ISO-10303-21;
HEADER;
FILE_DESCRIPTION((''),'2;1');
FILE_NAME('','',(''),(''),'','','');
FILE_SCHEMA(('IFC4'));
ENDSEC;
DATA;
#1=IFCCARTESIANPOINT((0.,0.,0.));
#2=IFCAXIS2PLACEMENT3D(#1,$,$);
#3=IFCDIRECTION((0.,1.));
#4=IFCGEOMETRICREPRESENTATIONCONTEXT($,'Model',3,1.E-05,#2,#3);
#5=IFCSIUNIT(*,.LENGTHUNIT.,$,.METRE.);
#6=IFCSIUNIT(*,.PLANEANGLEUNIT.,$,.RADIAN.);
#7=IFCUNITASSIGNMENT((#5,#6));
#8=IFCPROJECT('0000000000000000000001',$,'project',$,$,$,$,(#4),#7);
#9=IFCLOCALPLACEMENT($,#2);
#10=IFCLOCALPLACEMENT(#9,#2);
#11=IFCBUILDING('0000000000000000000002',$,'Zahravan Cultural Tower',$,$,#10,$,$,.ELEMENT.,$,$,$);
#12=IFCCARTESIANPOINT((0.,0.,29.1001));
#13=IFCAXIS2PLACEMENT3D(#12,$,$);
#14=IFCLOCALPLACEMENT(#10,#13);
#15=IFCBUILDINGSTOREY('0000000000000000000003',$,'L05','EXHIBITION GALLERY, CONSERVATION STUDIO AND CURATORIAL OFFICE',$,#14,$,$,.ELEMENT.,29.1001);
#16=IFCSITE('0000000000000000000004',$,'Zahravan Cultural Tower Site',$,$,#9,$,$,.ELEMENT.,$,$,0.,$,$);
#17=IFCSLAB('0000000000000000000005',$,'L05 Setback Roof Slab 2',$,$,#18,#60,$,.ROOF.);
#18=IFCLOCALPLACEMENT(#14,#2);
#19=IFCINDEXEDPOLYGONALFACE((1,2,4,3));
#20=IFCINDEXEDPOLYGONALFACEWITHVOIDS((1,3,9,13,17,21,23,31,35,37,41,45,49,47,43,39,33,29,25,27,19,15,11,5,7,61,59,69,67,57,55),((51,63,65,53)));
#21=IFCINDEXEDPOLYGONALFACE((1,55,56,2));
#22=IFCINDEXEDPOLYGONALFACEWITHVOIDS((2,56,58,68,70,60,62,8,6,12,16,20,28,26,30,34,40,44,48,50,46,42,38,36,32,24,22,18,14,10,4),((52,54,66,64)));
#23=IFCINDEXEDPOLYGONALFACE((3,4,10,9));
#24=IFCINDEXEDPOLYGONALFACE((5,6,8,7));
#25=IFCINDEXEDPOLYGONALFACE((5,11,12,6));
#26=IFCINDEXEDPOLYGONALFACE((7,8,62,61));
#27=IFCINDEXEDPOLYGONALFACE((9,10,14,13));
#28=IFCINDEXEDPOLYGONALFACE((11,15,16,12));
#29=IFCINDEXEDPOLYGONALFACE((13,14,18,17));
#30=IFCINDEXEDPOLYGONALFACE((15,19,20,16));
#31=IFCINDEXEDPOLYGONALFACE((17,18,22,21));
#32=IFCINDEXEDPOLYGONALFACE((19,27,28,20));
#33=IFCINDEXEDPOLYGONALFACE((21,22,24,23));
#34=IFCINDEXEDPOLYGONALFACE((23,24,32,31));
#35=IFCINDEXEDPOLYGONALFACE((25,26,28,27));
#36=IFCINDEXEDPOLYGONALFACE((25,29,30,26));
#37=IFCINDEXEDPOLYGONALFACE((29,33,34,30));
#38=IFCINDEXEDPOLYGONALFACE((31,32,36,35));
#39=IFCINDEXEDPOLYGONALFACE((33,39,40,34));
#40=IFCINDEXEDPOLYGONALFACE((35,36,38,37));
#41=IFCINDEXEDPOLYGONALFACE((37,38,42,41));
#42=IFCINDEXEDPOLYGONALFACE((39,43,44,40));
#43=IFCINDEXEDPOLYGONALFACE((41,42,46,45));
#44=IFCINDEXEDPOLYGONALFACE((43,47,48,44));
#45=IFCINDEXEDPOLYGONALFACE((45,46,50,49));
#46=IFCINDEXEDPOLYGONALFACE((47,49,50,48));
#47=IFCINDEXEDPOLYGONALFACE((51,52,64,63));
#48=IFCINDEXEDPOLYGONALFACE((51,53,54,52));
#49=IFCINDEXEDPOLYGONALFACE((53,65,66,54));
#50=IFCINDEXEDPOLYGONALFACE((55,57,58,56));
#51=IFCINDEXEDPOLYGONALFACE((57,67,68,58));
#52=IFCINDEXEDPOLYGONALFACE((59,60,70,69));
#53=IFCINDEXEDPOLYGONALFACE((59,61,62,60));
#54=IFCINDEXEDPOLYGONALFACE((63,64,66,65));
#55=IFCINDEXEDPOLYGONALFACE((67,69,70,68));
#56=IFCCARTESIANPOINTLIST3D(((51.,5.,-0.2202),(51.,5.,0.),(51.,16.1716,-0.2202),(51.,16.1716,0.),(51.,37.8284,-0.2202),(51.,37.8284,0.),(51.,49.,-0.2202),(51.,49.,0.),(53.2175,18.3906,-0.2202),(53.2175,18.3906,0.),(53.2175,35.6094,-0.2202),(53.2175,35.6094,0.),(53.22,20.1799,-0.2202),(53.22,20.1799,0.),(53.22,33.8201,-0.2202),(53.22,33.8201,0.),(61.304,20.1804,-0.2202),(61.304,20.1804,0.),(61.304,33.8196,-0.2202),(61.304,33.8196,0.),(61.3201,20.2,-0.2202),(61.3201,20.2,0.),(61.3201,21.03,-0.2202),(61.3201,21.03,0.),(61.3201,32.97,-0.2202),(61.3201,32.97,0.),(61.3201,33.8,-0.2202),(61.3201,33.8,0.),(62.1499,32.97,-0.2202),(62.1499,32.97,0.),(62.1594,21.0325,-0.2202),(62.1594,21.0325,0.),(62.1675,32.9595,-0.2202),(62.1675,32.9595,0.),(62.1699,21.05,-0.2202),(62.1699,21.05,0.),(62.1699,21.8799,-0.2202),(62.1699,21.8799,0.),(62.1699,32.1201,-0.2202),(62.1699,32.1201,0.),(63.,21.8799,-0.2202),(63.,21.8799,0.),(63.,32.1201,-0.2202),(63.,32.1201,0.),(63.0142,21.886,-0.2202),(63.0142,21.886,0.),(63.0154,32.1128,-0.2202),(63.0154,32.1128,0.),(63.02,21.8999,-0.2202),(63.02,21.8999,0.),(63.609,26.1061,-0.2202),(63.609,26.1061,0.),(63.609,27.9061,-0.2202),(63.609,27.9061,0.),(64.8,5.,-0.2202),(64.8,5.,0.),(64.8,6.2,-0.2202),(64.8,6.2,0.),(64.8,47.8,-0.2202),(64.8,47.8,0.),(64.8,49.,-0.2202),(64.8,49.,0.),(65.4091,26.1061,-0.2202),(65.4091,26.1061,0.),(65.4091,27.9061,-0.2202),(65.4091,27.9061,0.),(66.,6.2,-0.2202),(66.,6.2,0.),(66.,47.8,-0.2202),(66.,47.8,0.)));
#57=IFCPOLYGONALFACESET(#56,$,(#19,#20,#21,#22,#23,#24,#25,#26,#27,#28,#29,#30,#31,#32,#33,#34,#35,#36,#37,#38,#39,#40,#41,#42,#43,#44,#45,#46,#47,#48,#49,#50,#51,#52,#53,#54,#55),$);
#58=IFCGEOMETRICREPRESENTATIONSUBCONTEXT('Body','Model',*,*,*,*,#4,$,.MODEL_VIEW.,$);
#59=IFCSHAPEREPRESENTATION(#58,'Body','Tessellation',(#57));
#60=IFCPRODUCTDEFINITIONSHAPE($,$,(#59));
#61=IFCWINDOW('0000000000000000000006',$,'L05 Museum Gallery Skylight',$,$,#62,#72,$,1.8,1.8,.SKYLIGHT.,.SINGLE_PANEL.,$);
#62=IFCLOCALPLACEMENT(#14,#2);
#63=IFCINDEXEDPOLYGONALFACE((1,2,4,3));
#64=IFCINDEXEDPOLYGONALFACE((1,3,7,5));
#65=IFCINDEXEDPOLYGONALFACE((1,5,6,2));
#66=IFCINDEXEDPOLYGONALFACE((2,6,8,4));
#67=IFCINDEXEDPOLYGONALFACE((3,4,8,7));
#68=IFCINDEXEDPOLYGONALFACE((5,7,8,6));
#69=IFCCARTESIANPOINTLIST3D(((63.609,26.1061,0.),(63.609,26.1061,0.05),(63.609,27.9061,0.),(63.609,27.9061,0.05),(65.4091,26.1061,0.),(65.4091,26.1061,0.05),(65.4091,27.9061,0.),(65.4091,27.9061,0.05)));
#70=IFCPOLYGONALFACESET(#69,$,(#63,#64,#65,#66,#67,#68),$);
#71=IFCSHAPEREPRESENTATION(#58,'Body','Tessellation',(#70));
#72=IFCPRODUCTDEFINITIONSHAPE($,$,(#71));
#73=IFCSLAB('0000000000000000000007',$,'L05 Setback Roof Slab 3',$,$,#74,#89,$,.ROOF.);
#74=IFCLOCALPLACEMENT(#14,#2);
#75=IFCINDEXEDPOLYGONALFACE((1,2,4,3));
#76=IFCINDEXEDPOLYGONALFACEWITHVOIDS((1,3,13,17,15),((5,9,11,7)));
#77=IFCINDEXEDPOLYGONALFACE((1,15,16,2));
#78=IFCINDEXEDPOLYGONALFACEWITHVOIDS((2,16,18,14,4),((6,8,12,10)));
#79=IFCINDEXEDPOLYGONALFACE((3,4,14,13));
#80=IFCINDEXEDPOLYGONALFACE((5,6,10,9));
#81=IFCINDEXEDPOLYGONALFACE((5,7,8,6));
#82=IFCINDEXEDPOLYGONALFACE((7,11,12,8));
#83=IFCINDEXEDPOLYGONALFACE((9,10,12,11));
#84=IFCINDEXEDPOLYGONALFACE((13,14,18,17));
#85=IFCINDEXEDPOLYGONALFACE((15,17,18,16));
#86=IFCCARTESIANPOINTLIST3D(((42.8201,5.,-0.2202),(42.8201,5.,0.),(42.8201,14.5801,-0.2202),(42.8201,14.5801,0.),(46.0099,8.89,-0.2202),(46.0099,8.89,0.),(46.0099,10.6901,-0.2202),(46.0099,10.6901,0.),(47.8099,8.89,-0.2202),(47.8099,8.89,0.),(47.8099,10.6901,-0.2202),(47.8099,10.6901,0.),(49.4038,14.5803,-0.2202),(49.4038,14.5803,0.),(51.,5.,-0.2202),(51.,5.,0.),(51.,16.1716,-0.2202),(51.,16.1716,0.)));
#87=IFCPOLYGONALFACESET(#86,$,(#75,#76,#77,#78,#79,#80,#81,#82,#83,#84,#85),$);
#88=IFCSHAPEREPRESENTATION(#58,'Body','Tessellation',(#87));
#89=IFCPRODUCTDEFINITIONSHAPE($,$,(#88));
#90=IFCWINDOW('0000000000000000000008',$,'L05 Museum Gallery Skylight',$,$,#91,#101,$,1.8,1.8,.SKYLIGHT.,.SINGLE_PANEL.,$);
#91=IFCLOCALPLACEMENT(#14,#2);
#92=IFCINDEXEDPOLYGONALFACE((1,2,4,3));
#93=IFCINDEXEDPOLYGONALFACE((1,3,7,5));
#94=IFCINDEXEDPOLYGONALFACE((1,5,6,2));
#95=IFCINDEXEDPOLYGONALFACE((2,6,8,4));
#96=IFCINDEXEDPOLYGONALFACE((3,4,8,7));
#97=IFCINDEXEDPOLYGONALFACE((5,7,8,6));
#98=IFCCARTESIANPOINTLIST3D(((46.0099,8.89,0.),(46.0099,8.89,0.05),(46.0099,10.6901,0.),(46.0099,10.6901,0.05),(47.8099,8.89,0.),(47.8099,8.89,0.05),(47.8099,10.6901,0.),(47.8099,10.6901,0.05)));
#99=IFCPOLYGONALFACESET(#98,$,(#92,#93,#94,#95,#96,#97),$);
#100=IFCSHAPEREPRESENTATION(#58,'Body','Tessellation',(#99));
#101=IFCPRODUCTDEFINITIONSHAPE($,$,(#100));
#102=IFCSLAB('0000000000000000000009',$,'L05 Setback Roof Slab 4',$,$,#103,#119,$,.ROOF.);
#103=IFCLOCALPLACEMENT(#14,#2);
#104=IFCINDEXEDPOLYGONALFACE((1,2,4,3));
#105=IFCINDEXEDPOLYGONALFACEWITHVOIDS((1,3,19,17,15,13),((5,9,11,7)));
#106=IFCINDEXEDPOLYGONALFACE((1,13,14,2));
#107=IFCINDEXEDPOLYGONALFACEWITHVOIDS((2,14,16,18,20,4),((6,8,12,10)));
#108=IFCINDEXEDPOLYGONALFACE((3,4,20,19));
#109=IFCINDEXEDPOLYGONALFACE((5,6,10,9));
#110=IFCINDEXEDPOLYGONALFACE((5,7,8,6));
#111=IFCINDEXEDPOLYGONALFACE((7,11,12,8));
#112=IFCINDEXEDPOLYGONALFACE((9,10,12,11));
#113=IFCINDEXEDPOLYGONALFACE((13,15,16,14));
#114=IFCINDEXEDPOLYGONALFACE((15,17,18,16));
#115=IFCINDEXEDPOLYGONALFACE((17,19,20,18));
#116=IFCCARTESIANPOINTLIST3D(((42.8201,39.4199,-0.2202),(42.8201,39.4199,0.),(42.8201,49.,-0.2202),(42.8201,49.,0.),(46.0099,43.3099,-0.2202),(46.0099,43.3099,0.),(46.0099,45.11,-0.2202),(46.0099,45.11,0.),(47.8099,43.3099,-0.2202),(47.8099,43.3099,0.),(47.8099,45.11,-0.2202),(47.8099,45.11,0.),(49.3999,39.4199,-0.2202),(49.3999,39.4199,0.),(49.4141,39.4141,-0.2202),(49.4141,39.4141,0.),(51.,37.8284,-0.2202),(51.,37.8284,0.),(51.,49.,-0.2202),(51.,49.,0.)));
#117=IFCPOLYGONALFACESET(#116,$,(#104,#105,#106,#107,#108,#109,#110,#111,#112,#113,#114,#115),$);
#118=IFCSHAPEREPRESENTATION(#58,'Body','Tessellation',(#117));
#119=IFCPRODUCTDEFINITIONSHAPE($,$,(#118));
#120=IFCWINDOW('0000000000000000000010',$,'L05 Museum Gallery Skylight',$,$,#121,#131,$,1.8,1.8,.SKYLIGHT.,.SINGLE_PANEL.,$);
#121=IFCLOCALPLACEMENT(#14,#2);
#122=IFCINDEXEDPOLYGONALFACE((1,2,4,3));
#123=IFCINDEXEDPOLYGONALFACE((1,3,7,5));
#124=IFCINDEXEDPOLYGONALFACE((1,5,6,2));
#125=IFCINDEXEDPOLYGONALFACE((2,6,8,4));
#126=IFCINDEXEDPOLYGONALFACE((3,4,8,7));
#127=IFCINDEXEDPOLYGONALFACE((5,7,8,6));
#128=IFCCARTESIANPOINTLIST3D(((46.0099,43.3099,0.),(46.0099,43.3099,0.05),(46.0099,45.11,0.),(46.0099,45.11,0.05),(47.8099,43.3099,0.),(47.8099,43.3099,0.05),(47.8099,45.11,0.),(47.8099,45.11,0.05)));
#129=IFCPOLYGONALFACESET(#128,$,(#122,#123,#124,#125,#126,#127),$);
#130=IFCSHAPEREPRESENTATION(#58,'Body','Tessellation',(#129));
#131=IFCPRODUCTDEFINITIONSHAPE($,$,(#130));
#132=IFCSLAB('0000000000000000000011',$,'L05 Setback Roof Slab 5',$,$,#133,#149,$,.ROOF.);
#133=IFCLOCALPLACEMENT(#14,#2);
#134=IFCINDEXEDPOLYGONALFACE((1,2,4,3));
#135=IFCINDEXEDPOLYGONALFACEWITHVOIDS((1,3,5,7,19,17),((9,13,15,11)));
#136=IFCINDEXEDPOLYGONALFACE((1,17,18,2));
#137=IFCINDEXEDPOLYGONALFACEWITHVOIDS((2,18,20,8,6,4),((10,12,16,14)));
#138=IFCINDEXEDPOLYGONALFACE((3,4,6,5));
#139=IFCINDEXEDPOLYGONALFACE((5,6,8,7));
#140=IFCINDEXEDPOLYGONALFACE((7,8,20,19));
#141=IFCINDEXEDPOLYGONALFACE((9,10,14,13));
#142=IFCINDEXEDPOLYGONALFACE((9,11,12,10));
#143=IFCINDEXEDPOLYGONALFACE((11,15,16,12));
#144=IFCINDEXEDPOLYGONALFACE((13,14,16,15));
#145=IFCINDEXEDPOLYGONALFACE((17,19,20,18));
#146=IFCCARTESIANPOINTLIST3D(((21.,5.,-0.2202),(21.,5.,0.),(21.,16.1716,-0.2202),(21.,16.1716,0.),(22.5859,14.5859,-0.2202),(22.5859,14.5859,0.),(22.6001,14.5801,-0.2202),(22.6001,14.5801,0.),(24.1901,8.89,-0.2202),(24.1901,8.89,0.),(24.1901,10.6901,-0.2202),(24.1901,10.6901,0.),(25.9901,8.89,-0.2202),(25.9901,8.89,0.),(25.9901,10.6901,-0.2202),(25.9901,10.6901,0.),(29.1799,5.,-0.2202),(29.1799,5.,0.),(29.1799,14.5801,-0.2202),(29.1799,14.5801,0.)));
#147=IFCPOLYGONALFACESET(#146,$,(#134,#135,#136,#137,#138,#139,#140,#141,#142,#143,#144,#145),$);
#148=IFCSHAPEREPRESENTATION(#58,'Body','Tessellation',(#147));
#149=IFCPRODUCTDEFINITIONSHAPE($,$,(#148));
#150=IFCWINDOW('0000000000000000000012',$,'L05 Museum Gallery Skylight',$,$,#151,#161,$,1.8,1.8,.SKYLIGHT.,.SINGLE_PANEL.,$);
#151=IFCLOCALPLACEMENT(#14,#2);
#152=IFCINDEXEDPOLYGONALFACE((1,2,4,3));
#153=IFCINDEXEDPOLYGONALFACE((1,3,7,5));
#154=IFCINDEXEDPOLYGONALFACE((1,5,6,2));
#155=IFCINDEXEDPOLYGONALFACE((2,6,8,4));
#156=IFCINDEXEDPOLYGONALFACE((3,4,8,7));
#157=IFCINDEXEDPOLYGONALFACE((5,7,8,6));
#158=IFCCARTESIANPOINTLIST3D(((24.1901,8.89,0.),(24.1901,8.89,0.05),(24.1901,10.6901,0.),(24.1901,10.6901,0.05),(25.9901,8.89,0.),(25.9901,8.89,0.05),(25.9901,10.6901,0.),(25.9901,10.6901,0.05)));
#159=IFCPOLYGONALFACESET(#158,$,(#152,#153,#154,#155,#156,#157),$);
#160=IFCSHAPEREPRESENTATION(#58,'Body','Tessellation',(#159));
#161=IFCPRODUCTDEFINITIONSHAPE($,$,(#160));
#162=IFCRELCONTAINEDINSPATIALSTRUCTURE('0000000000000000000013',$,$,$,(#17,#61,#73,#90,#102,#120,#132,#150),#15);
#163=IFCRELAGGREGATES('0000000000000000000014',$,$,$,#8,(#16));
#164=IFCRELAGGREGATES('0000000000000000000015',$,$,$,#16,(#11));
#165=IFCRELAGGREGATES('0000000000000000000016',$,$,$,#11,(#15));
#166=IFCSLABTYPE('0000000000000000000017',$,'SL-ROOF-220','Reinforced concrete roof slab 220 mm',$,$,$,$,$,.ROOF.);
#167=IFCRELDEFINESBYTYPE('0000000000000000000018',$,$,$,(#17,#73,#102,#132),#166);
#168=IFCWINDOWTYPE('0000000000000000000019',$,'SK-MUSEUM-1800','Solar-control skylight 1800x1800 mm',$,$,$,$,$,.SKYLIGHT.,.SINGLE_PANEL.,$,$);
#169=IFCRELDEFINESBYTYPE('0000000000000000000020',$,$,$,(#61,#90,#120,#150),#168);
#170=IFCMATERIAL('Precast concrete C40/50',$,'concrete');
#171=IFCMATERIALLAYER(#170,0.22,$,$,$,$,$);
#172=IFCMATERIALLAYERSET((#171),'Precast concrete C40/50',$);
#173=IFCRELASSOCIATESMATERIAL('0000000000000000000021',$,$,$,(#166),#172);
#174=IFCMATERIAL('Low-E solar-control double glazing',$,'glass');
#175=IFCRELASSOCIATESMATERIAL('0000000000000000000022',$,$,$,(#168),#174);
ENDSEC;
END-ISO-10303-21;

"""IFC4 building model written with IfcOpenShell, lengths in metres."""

from ifc_helpers import new_model, si_unit, direction, frame, origin, origin_2d, place, context, subcontext, project, spatial, polyline, rectangle, outline, extrude, material, layer, layer_set, type_object, element, fill, save


model = new_model("IFC4")

# Units and contexts
model_context = context("Model", 3, precision=1e-05, world=origin(), true_north=direction((0.0, 1.0)))
body_context = subcontext(model_context, "Body", "Model", "MODEL_VIEW")
ifc_project = project(units=[si_unit("LENGTHUNIT", "METRE"), si_unit("PLANEANGLEUNIT", "RADIAN")], contexts=[model_context])

# Site, building, storey
site_placement = place(None, origin())
site = spatial("IfcSite", under=ifc_project, at=site_placement, Name="Zahravan Cultural Tower Site", CompositionType="ELEMENT", RefElevation=0.0)
building_placement = place(site_placement, origin())
building = spatial("IfcBuilding", under=site, at=building_placement, Name="Zahravan Cultural Tower", CompositionType="ELEMENT")
storey_placement = place(building_placement, frame((0.0, 0.0, 29.1001)))
storey = spatial("IfcBuildingStorey", under=building, at=storey_placement, Name="L05", Description="EXHIBITION GALLERY, CONSERVATION STUDIO AND CURATORIAL OFFICE", CompositionType="ELEMENT", Elevation=29.1001)

# Slabs, openings, windows
ifc_material_1 = material(Name="Precast concrete C40/50", Category="concrete")
ifc_layer_1 = layer(ifc_material_1, 0.22)
ifc_layer_set_1 = layer_set([ifc_layer_1], Name="Precast concrete C40/50")
slab_type_1 = type_object("IfcSlabType", Name="SL-ROOF-220", Description="Reinforced concrete roof slab 220 mm", PredefinedType="ROOF", material=ifc_layer_set_1)
ifc_material_2 = material(Name="Low-E solar-control double glazing", Category="glass")
window_type_1 = type_object("IfcWindowType", Name="SK-MUSEUM-1800", Description="Solar-control skylight 1800x1800 mm", PartitioningType="SINGLE_PANEL", PredefinedType="SKYLIGHT", material=ifc_material_2)
slab_1_placement = place(storey_placement, frame((0.0, 0.0, -0.2202)))
slab_1 = element("IfcSlab", 1, at=slab_1_placement, inside=storey, type_object=slab_type_1, Name="L05 Setback Roof Slab 2", PredefinedType="ROOF", context=body_context, shape_type="SweptSolid", body=[
    extrude(outline(polyline([(64.8, 5.0), (64.8, 6.2), (66.0, 6.2), (66.0, 47.8), (64.8, 47.8), (64.8, 49.0), (51.0, 49.0), (51.0, 37.8284), (53.2175, 35.6094), (53.22, 33.8201), (61.304, 33.8196), (61.3201, 33.8), (61.3201, 32.97), (62.1499, 32.97), (62.1675, 32.9595), (62.1699, 32.1201), (63.0, 32.1201), (63.0154, 32.1128), (63.02, 21.8999), (63.0142, 21.886), (63.0, 21.8799), (62.1699, 21.8799), (62.1699, 21.05), (62.1594, 21.0325), (61.3201, 21.03), (61.3201, 20.2), (61.304, 20.1804), (53.22, 20.1799), (53.2175, 18.3906), (51.0, 16.1716), (51.0, 5.0), (64.8, 5.0)])), origin(), (0.0, 0.0, 1.0), 0.2202),
])
opening_1_placement = place(slab_1_placement, frame((64.509, 27.0061, 0.0)))
opening_1 = element("IfcOpeningElement", 2, at=opening_1_placement, cuts=slab_1, PredefinedType="OPENING", context=body_context, shape_type="SweptSolid", body=[
    extrude(rectangle(XDim=1.8, YDim=1.8, at=origin_2d()), frame((0.0, 0.0, -0.01), z_axis=(0.0, 0.0, 1.0), x_axis=(1.0, 0.0, 0.0)), (0.0, 0.0, 1.0), 0.3103),
])
window_1_placement = place(opening_1_placement, frame((0.0, 0.0, 0.2202)))
window_1 = element("IfcWindow", 3, at=window_1_placement, inside=storey, type_object=window_type_1, Name="L05 Museum Gallery Skylight", OverallHeight=1.8, OverallWidth=1.8, PartitioningType="SINGLE_PANEL", PredefinedType="SKYLIGHT", context=body_context, shape_type="SweptSolid", body=[
    extrude(rectangle(XDim=1.8, YDim=1.8, at=origin_2d()), origin(), (0.0, 0.0, 1.0), 0.05),
])
fill(opening_1, window_1)
slab_2_placement = place(storey_placement, frame((0.0, 0.0, -0.2202)))
slab_2 = element("IfcSlab", 4, at=slab_2_placement, inside=storey, type_object=slab_type_1, Name="L05 Setback Roof Slab 3", PredefinedType="ROOF", context=body_context, shape_type="SweptSolid", body=[
    extrude(outline(polyline([(51.0, 5.0), (51.0, 16.1716), (49.4038, 14.5803), (42.8201, 14.5801), (42.8201, 5.0), (51.0, 5.0)])), origin(), (0.0, 0.0, 1.0), 0.2202),
])
opening_2_placement = place(slab_2_placement, frame((46.9099, 9.79, 0.0)))
opening_2 = element("IfcOpeningElement", 5, at=opening_2_placement, cuts=slab_2, PredefinedType="OPENING", context=body_context, shape_type="SweptSolid", body=[
    extrude(rectangle(XDim=1.8, YDim=1.8, at=origin_2d()), frame((0.0, 0.0, -0.01), z_axis=(0.0, 0.0, 1.0), x_axis=(1.0, 0.0, 0.0)), (0.0, 0.0, 1.0), 0.3103),
])
window_2_placement = place(opening_2_placement, frame((0.0, 0.0, 0.2202)))
window_2 = element("IfcWindow", 6, at=window_2_placement, inside=storey, type_object=window_type_1, Name="L05 Museum Gallery Skylight", OverallHeight=1.8, OverallWidth=1.8, PartitioningType="SINGLE_PANEL", PredefinedType="SKYLIGHT", context=body_context, shape_type="SweptSolid", body=[
    extrude(rectangle(XDim=1.8, YDim=1.8, at=origin_2d()), origin(), (0.0, 0.0, 1.0), 0.05),
])
fill(opening_2, window_2)
slab_3_placement = place(storey_placement, frame((0.0, 0.0, -0.2202)))
slab_3 = element("IfcSlab", 7, at=slab_3_placement, inside=storey, type_object=slab_type_1, Name="L05 Setback Roof Slab 4", PredefinedType="ROOF", context=body_context, shape_type="SweptSolid", body=[
    extrude(outline(polyline([(51.0, 37.8284), (51.0, 49.0), (42.8201, 49.0), (42.8201, 39.4199), (49.3999, 39.4199), (49.4141, 39.4141), (51.0, 37.8284)])), origin(), (0.0, 0.0, 1.0), 0.2202),
])
opening_3_placement = place(slab_3_placement, frame((46.9099, 44.21, 0.0)))
opening_3 = element("IfcOpeningElement", 8, at=opening_3_placement, cuts=slab_3, PredefinedType="OPENING", context=body_context, shape_type="SweptSolid", body=[
    extrude(rectangle(XDim=1.8, YDim=1.8, at=origin_2d()), frame((0.0, 0.0, -0.01), z_axis=(0.0, 0.0, 1.0), x_axis=(1.0, 0.0, 0.0)), (0.0, 0.0, 1.0), 0.3103),
])
window_3_placement = place(opening_3_placement, frame((0.0, 0.0, 0.2202)))
window_3 = element("IfcWindow", 9, at=window_3_placement, inside=storey, type_object=window_type_1, Name="L05 Museum Gallery Skylight", OverallHeight=1.8, OverallWidth=1.8, PartitioningType="SINGLE_PANEL", PredefinedType="SKYLIGHT", context=body_context, shape_type="SweptSolid", body=[
    extrude(rectangle(XDim=1.8, YDim=1.8, at=origin_2d()), origin(), (0.0, 0.0, 1.0), 0.05),
])
fill(opening_3, window_3)
slab_4_placement = place(storey_placement, frame((0.0, 0.0, -0.2202)))
slab_4 = element("IfcSlab", 10, at=slab_4_placement, inside=storey, type_object=slab_type_1, Name="L05 Setback Roof Slab 5", PredefinedType="ROOF", context=body_context, shape_type="SweptSolid", body=[
    extrude(outline(polyline([(21.0, 16.1716), (21.0, 5.0), (29.1799, 5.0), (29.1799, 14.5801), (22.6001, 14.5801), (22.5859, 14.5859), (21.0, 16.1716)])), origin(), (0.0, 0.0, 1.0), 0.2202),
])
opening_4_placement = place(slab_4_placement, frame((25.0901, 9.79, 0.0)))
opening_4 = element("IfcOpeningElement", 11, at=opening_4_placement, cuts=slab_4, PredefinedType="OPENING", context=body_context, shape_type="SweptSolid", body=[
    extrude(rectangle(XDim=1.8, YDim=1.8, at=origin_2d()), frame((0.0, 0.0, -0.01), z_axis=(0.0, 0.0, 1.0), x_axis=(1.0, 0.0, 0.0)), (0.0, 0.0, 1.0), 0.3103),
])
window_4_placement = place(opening_4_placement, frame((0.0, 0.0, 0.2202)))
window_4 = element("IfcWindow", 12, at=window_4_placement, inside=storey, type_object=window_type_1, Name="L05 Museum Gallery Skylight", OverallHeight=1.8, OverallWidth=1.8, PartitioningType="SINGLE_PANEL", PredefinedType="SKYLIGHT", context=body_context, shape_type="SweptSolid", body=[
    extrude(rectangle(XDim=1.8, YDim=1.8, at=origin_2d()), origin(), (0.0, 0.0, 1.0), 0.05),
])
fill(opening_4, window_4)

save(model, "model.ifc")
